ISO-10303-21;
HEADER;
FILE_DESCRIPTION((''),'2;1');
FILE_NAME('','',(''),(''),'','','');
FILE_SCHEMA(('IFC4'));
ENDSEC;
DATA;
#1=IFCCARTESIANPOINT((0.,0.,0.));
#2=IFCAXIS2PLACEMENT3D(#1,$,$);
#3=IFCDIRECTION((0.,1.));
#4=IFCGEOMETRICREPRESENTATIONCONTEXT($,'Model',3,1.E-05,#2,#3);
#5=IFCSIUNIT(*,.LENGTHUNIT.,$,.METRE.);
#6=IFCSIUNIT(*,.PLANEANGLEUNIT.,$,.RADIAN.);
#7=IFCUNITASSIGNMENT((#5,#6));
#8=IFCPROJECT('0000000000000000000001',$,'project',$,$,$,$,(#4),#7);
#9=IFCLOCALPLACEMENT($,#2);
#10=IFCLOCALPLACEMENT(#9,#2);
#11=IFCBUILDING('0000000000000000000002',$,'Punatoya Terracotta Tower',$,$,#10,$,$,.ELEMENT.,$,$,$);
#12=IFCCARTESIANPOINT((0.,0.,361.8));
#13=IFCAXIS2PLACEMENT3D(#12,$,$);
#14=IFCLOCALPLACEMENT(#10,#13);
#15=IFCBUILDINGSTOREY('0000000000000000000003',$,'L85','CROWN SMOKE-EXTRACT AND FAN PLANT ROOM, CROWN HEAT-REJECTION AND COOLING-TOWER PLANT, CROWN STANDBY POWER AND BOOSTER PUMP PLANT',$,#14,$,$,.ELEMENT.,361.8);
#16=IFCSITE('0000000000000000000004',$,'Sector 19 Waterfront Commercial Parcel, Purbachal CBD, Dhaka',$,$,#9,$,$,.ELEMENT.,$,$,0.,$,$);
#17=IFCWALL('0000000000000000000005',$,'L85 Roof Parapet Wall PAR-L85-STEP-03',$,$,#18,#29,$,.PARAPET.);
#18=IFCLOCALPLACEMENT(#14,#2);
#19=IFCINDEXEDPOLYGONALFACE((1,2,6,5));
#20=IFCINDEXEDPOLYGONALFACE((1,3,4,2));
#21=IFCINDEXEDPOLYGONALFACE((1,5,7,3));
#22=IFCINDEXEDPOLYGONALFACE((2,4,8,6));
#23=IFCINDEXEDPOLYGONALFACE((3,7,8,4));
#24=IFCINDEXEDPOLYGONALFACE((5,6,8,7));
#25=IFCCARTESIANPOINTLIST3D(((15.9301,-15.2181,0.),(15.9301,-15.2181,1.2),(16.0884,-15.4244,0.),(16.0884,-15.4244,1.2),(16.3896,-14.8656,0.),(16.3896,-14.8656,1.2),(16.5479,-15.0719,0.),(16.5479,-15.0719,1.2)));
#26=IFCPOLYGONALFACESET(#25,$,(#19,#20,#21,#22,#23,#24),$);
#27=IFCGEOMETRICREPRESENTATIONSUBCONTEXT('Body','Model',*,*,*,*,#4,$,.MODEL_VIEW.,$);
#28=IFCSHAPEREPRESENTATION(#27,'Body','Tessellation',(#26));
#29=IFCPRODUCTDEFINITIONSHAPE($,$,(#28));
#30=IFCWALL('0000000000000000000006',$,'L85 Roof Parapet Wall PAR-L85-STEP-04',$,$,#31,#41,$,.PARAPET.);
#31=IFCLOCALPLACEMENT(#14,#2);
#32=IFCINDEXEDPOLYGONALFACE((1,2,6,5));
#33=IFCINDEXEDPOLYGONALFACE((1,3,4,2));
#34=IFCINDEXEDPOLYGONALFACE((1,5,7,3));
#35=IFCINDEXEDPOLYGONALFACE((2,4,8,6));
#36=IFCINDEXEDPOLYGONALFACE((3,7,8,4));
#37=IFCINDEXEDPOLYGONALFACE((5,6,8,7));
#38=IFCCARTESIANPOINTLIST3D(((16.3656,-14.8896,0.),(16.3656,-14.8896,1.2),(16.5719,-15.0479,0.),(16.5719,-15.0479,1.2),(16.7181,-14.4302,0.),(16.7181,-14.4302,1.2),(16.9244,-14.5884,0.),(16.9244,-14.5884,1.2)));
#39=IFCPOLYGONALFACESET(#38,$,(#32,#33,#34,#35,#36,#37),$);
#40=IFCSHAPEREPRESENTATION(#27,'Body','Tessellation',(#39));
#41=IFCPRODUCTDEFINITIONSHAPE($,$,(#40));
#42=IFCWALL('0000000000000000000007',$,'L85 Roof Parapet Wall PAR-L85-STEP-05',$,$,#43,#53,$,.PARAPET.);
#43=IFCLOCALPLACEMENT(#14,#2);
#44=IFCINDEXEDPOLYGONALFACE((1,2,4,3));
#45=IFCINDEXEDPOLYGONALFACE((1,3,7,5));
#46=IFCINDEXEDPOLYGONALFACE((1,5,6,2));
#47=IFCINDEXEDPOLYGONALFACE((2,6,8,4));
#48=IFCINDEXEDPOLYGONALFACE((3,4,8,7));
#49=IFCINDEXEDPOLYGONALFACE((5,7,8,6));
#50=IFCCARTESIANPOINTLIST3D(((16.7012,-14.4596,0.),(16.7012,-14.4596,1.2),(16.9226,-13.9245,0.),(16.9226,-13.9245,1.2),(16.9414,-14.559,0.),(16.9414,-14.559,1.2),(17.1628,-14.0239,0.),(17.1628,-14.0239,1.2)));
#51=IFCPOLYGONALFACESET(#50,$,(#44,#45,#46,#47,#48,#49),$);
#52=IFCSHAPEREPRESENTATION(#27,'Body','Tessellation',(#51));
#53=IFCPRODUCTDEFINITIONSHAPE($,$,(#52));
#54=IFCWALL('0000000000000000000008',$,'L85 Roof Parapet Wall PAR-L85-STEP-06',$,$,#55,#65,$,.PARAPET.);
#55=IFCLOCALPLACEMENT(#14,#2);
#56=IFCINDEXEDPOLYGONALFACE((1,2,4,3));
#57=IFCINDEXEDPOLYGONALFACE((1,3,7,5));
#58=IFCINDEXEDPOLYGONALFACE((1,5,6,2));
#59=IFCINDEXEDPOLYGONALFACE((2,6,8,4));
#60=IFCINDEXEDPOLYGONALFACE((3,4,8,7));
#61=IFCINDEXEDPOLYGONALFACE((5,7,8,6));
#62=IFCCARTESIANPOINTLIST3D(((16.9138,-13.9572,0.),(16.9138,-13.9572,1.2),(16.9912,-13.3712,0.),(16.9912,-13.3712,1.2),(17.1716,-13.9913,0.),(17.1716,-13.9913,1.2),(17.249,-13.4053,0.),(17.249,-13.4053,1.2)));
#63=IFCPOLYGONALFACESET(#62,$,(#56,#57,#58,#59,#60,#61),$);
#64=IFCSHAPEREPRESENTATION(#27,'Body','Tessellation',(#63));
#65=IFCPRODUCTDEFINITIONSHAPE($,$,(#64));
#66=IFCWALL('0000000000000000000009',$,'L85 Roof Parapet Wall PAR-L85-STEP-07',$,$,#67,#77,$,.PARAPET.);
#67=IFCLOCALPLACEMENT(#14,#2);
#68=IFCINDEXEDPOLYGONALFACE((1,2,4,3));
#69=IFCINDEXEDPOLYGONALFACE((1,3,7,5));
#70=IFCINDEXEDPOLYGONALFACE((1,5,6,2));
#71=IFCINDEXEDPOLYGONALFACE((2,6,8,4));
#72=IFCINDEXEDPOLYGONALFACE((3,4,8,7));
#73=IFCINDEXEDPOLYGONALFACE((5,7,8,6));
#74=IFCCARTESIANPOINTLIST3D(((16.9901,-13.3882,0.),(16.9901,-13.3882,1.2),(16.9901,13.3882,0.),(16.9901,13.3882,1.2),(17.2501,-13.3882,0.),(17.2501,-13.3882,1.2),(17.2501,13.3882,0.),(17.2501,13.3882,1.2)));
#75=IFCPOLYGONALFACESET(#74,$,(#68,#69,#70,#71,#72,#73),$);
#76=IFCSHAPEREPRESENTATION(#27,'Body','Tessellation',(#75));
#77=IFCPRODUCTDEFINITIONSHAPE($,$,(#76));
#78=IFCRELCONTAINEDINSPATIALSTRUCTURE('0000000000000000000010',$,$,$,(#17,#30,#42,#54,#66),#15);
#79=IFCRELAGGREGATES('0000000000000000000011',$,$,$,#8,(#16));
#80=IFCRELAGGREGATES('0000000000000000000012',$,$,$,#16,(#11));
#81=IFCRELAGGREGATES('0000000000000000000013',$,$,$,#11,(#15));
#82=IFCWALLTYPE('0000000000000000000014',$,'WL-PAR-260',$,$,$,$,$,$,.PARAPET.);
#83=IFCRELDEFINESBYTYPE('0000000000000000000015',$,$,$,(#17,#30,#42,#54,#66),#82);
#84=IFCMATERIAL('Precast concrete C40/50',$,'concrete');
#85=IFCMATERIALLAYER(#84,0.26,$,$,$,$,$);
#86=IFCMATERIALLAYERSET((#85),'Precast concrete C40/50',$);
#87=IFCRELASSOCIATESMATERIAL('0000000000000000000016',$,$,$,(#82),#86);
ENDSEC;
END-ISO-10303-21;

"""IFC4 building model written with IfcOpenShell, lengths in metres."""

from ifc_helpers import new_model, si_unit, direction, frame, frame_2d, origin, place, context, subcontext, project, spatial, rectangle, extrude, material, layer, layer_set, type_object, element, save


model = new_model("IFC4")

# Units and contexts
model_context = context("Model", 3, precision=1e-05, world=origin(), true_north=direction((0.0, 1.0)))
body_context = subcontext(model_context, "Body", "Model", "MODEL_VIEW")
ifc_project = project(units=[si_unit("LENGTHUNIT", "METRE"), si_unit("PLANEANGLEUNIT", "RADIAN")], contexts=[model_context])

# Site, building, storey
site_placement = place(None, origin())
site = spatial("IfcSite", under=ifc_project, at=site_placement, Name="Sector 19 Waterfront Commercial Parcel, Purbachal CBD, Dhaka", CompositionType="ELEMENT", RefElevation=0.0)
building_placement = place(site_placement, origin())
building = spatial("IfcBuilding", under=site, at=building_placement, Name="Punatoya Terracotta Tower", CompositionType="ELEMENT")
storey_placement = place(building_placement, frame((0.0, 0.0, 361.8)))
storey = spatial("IfcBuildingStorey", under=building, at=storey_placement, Name="L85", Description="CROWN SMOKE-EXTRACT AND FAN PLANT ROOM, CROWN HEAT-REJECTION AND COOLING-TOWER PLANT, CROWN STANDBY POWER AND BOOSTER PUMP PLANT", CompositionType="ELEMENT", Elevation=361.8)

# Shared definitions
ifc_material_1 = material(Name="Precast concrete C40/50", Category="concrete")

# Walls
ifc_layer_1 = layer(ifc_material_1, 0.26)
ifc_layer_set_1 = layer_set([ifc_layer_1], Name="Precast concrete C40/50")
wall_type_1 = type_object("IfcWallType", Name="WL-PAR-260", PredefinedType="PARAPET", material=ifc_layer_set_1)
for number, where, z_axis, x_axis, name in (
    (1, (16.0093, -15.3213, 0.0), (0.0, 0.0, 1.0), (0.793376, 0.608732, 0.0), "L85 Roof Parapet Wall PAR-L85-STEP-03"),
    (2, (16.4688, -14.9688, 0.0), (0.0, 0.0, 1.0), (0.608732, 0.793376, 0.0), "L85 Roof Parapet Wall PAR-L85-STEP-04"),
    (3, (16.8213, -14.5093, 0.0), (0.0, 0.0, 1.0), (0.382339, 0.924022, 0.0), "L85 Roof Parapet Wall PAR-L85-STEP-05"),
):
    element("IfcWall", number, at=place(storey_placement, frame(where, z_axis=z_axis, x_axis=x_axis)), inside=storey, type_object=wall_type_1, Name=name, PredefinedType="PARAPET", context=body_context, shape_type="SweptSolid", body=[
        extrude(rectangle(XDim=0.5791, YDim=0.26, at=frame_2d((0.2896, 0.0))), origin(), (0.0, 0.0, 1.0), 1.2),
    ])
wall_1_placement = place(storey_placement, frame((17.0427, -13.9741, 0.0), z_axis=(0.0, 0.0, 1.0), x_axis=(0.130946, 0.991389, 0.0)))
element("IfcWall", 4, at=wall_1_placement, inside=storey, type_object=wall_type_1, Name="L85 Roof Parapet Wall PAR-L85-STEP-06", PredefinedType="PARAPET", context=body_context, shape_type="SweptSolid", body=[
    extrude(rectangle(XDim=0.5911, YDim=0.26, at=frame_2d((0.2954, 0.0))), origin(), (0.0, 0.0, 1.0), 1.2),
])
wall_2_placement = place(storey_placement, frame((17.1201, -13.3882, 0.0), z_axis=(0.0, 0.0, 1.0), x_axis=(0.0, 1.0, 0.0)))
element("IfcWall", 5, at=wall_2_placement, inside=storey, type_object=wall_type_1, Name="L85 Roof Parapet Wall PAR-L85-STEP-07", PredefinedType="PARAPET", context=body_context, shape_type="SweptSolid", body=[
    extrude(rectangle(XDim=26.7764, YDim=0.26, at=frame_2d((13.3882, 0.0))), origin(), (0.0, 0.0, 1.0), 1.2),
])

save(model, "model.ifc")
